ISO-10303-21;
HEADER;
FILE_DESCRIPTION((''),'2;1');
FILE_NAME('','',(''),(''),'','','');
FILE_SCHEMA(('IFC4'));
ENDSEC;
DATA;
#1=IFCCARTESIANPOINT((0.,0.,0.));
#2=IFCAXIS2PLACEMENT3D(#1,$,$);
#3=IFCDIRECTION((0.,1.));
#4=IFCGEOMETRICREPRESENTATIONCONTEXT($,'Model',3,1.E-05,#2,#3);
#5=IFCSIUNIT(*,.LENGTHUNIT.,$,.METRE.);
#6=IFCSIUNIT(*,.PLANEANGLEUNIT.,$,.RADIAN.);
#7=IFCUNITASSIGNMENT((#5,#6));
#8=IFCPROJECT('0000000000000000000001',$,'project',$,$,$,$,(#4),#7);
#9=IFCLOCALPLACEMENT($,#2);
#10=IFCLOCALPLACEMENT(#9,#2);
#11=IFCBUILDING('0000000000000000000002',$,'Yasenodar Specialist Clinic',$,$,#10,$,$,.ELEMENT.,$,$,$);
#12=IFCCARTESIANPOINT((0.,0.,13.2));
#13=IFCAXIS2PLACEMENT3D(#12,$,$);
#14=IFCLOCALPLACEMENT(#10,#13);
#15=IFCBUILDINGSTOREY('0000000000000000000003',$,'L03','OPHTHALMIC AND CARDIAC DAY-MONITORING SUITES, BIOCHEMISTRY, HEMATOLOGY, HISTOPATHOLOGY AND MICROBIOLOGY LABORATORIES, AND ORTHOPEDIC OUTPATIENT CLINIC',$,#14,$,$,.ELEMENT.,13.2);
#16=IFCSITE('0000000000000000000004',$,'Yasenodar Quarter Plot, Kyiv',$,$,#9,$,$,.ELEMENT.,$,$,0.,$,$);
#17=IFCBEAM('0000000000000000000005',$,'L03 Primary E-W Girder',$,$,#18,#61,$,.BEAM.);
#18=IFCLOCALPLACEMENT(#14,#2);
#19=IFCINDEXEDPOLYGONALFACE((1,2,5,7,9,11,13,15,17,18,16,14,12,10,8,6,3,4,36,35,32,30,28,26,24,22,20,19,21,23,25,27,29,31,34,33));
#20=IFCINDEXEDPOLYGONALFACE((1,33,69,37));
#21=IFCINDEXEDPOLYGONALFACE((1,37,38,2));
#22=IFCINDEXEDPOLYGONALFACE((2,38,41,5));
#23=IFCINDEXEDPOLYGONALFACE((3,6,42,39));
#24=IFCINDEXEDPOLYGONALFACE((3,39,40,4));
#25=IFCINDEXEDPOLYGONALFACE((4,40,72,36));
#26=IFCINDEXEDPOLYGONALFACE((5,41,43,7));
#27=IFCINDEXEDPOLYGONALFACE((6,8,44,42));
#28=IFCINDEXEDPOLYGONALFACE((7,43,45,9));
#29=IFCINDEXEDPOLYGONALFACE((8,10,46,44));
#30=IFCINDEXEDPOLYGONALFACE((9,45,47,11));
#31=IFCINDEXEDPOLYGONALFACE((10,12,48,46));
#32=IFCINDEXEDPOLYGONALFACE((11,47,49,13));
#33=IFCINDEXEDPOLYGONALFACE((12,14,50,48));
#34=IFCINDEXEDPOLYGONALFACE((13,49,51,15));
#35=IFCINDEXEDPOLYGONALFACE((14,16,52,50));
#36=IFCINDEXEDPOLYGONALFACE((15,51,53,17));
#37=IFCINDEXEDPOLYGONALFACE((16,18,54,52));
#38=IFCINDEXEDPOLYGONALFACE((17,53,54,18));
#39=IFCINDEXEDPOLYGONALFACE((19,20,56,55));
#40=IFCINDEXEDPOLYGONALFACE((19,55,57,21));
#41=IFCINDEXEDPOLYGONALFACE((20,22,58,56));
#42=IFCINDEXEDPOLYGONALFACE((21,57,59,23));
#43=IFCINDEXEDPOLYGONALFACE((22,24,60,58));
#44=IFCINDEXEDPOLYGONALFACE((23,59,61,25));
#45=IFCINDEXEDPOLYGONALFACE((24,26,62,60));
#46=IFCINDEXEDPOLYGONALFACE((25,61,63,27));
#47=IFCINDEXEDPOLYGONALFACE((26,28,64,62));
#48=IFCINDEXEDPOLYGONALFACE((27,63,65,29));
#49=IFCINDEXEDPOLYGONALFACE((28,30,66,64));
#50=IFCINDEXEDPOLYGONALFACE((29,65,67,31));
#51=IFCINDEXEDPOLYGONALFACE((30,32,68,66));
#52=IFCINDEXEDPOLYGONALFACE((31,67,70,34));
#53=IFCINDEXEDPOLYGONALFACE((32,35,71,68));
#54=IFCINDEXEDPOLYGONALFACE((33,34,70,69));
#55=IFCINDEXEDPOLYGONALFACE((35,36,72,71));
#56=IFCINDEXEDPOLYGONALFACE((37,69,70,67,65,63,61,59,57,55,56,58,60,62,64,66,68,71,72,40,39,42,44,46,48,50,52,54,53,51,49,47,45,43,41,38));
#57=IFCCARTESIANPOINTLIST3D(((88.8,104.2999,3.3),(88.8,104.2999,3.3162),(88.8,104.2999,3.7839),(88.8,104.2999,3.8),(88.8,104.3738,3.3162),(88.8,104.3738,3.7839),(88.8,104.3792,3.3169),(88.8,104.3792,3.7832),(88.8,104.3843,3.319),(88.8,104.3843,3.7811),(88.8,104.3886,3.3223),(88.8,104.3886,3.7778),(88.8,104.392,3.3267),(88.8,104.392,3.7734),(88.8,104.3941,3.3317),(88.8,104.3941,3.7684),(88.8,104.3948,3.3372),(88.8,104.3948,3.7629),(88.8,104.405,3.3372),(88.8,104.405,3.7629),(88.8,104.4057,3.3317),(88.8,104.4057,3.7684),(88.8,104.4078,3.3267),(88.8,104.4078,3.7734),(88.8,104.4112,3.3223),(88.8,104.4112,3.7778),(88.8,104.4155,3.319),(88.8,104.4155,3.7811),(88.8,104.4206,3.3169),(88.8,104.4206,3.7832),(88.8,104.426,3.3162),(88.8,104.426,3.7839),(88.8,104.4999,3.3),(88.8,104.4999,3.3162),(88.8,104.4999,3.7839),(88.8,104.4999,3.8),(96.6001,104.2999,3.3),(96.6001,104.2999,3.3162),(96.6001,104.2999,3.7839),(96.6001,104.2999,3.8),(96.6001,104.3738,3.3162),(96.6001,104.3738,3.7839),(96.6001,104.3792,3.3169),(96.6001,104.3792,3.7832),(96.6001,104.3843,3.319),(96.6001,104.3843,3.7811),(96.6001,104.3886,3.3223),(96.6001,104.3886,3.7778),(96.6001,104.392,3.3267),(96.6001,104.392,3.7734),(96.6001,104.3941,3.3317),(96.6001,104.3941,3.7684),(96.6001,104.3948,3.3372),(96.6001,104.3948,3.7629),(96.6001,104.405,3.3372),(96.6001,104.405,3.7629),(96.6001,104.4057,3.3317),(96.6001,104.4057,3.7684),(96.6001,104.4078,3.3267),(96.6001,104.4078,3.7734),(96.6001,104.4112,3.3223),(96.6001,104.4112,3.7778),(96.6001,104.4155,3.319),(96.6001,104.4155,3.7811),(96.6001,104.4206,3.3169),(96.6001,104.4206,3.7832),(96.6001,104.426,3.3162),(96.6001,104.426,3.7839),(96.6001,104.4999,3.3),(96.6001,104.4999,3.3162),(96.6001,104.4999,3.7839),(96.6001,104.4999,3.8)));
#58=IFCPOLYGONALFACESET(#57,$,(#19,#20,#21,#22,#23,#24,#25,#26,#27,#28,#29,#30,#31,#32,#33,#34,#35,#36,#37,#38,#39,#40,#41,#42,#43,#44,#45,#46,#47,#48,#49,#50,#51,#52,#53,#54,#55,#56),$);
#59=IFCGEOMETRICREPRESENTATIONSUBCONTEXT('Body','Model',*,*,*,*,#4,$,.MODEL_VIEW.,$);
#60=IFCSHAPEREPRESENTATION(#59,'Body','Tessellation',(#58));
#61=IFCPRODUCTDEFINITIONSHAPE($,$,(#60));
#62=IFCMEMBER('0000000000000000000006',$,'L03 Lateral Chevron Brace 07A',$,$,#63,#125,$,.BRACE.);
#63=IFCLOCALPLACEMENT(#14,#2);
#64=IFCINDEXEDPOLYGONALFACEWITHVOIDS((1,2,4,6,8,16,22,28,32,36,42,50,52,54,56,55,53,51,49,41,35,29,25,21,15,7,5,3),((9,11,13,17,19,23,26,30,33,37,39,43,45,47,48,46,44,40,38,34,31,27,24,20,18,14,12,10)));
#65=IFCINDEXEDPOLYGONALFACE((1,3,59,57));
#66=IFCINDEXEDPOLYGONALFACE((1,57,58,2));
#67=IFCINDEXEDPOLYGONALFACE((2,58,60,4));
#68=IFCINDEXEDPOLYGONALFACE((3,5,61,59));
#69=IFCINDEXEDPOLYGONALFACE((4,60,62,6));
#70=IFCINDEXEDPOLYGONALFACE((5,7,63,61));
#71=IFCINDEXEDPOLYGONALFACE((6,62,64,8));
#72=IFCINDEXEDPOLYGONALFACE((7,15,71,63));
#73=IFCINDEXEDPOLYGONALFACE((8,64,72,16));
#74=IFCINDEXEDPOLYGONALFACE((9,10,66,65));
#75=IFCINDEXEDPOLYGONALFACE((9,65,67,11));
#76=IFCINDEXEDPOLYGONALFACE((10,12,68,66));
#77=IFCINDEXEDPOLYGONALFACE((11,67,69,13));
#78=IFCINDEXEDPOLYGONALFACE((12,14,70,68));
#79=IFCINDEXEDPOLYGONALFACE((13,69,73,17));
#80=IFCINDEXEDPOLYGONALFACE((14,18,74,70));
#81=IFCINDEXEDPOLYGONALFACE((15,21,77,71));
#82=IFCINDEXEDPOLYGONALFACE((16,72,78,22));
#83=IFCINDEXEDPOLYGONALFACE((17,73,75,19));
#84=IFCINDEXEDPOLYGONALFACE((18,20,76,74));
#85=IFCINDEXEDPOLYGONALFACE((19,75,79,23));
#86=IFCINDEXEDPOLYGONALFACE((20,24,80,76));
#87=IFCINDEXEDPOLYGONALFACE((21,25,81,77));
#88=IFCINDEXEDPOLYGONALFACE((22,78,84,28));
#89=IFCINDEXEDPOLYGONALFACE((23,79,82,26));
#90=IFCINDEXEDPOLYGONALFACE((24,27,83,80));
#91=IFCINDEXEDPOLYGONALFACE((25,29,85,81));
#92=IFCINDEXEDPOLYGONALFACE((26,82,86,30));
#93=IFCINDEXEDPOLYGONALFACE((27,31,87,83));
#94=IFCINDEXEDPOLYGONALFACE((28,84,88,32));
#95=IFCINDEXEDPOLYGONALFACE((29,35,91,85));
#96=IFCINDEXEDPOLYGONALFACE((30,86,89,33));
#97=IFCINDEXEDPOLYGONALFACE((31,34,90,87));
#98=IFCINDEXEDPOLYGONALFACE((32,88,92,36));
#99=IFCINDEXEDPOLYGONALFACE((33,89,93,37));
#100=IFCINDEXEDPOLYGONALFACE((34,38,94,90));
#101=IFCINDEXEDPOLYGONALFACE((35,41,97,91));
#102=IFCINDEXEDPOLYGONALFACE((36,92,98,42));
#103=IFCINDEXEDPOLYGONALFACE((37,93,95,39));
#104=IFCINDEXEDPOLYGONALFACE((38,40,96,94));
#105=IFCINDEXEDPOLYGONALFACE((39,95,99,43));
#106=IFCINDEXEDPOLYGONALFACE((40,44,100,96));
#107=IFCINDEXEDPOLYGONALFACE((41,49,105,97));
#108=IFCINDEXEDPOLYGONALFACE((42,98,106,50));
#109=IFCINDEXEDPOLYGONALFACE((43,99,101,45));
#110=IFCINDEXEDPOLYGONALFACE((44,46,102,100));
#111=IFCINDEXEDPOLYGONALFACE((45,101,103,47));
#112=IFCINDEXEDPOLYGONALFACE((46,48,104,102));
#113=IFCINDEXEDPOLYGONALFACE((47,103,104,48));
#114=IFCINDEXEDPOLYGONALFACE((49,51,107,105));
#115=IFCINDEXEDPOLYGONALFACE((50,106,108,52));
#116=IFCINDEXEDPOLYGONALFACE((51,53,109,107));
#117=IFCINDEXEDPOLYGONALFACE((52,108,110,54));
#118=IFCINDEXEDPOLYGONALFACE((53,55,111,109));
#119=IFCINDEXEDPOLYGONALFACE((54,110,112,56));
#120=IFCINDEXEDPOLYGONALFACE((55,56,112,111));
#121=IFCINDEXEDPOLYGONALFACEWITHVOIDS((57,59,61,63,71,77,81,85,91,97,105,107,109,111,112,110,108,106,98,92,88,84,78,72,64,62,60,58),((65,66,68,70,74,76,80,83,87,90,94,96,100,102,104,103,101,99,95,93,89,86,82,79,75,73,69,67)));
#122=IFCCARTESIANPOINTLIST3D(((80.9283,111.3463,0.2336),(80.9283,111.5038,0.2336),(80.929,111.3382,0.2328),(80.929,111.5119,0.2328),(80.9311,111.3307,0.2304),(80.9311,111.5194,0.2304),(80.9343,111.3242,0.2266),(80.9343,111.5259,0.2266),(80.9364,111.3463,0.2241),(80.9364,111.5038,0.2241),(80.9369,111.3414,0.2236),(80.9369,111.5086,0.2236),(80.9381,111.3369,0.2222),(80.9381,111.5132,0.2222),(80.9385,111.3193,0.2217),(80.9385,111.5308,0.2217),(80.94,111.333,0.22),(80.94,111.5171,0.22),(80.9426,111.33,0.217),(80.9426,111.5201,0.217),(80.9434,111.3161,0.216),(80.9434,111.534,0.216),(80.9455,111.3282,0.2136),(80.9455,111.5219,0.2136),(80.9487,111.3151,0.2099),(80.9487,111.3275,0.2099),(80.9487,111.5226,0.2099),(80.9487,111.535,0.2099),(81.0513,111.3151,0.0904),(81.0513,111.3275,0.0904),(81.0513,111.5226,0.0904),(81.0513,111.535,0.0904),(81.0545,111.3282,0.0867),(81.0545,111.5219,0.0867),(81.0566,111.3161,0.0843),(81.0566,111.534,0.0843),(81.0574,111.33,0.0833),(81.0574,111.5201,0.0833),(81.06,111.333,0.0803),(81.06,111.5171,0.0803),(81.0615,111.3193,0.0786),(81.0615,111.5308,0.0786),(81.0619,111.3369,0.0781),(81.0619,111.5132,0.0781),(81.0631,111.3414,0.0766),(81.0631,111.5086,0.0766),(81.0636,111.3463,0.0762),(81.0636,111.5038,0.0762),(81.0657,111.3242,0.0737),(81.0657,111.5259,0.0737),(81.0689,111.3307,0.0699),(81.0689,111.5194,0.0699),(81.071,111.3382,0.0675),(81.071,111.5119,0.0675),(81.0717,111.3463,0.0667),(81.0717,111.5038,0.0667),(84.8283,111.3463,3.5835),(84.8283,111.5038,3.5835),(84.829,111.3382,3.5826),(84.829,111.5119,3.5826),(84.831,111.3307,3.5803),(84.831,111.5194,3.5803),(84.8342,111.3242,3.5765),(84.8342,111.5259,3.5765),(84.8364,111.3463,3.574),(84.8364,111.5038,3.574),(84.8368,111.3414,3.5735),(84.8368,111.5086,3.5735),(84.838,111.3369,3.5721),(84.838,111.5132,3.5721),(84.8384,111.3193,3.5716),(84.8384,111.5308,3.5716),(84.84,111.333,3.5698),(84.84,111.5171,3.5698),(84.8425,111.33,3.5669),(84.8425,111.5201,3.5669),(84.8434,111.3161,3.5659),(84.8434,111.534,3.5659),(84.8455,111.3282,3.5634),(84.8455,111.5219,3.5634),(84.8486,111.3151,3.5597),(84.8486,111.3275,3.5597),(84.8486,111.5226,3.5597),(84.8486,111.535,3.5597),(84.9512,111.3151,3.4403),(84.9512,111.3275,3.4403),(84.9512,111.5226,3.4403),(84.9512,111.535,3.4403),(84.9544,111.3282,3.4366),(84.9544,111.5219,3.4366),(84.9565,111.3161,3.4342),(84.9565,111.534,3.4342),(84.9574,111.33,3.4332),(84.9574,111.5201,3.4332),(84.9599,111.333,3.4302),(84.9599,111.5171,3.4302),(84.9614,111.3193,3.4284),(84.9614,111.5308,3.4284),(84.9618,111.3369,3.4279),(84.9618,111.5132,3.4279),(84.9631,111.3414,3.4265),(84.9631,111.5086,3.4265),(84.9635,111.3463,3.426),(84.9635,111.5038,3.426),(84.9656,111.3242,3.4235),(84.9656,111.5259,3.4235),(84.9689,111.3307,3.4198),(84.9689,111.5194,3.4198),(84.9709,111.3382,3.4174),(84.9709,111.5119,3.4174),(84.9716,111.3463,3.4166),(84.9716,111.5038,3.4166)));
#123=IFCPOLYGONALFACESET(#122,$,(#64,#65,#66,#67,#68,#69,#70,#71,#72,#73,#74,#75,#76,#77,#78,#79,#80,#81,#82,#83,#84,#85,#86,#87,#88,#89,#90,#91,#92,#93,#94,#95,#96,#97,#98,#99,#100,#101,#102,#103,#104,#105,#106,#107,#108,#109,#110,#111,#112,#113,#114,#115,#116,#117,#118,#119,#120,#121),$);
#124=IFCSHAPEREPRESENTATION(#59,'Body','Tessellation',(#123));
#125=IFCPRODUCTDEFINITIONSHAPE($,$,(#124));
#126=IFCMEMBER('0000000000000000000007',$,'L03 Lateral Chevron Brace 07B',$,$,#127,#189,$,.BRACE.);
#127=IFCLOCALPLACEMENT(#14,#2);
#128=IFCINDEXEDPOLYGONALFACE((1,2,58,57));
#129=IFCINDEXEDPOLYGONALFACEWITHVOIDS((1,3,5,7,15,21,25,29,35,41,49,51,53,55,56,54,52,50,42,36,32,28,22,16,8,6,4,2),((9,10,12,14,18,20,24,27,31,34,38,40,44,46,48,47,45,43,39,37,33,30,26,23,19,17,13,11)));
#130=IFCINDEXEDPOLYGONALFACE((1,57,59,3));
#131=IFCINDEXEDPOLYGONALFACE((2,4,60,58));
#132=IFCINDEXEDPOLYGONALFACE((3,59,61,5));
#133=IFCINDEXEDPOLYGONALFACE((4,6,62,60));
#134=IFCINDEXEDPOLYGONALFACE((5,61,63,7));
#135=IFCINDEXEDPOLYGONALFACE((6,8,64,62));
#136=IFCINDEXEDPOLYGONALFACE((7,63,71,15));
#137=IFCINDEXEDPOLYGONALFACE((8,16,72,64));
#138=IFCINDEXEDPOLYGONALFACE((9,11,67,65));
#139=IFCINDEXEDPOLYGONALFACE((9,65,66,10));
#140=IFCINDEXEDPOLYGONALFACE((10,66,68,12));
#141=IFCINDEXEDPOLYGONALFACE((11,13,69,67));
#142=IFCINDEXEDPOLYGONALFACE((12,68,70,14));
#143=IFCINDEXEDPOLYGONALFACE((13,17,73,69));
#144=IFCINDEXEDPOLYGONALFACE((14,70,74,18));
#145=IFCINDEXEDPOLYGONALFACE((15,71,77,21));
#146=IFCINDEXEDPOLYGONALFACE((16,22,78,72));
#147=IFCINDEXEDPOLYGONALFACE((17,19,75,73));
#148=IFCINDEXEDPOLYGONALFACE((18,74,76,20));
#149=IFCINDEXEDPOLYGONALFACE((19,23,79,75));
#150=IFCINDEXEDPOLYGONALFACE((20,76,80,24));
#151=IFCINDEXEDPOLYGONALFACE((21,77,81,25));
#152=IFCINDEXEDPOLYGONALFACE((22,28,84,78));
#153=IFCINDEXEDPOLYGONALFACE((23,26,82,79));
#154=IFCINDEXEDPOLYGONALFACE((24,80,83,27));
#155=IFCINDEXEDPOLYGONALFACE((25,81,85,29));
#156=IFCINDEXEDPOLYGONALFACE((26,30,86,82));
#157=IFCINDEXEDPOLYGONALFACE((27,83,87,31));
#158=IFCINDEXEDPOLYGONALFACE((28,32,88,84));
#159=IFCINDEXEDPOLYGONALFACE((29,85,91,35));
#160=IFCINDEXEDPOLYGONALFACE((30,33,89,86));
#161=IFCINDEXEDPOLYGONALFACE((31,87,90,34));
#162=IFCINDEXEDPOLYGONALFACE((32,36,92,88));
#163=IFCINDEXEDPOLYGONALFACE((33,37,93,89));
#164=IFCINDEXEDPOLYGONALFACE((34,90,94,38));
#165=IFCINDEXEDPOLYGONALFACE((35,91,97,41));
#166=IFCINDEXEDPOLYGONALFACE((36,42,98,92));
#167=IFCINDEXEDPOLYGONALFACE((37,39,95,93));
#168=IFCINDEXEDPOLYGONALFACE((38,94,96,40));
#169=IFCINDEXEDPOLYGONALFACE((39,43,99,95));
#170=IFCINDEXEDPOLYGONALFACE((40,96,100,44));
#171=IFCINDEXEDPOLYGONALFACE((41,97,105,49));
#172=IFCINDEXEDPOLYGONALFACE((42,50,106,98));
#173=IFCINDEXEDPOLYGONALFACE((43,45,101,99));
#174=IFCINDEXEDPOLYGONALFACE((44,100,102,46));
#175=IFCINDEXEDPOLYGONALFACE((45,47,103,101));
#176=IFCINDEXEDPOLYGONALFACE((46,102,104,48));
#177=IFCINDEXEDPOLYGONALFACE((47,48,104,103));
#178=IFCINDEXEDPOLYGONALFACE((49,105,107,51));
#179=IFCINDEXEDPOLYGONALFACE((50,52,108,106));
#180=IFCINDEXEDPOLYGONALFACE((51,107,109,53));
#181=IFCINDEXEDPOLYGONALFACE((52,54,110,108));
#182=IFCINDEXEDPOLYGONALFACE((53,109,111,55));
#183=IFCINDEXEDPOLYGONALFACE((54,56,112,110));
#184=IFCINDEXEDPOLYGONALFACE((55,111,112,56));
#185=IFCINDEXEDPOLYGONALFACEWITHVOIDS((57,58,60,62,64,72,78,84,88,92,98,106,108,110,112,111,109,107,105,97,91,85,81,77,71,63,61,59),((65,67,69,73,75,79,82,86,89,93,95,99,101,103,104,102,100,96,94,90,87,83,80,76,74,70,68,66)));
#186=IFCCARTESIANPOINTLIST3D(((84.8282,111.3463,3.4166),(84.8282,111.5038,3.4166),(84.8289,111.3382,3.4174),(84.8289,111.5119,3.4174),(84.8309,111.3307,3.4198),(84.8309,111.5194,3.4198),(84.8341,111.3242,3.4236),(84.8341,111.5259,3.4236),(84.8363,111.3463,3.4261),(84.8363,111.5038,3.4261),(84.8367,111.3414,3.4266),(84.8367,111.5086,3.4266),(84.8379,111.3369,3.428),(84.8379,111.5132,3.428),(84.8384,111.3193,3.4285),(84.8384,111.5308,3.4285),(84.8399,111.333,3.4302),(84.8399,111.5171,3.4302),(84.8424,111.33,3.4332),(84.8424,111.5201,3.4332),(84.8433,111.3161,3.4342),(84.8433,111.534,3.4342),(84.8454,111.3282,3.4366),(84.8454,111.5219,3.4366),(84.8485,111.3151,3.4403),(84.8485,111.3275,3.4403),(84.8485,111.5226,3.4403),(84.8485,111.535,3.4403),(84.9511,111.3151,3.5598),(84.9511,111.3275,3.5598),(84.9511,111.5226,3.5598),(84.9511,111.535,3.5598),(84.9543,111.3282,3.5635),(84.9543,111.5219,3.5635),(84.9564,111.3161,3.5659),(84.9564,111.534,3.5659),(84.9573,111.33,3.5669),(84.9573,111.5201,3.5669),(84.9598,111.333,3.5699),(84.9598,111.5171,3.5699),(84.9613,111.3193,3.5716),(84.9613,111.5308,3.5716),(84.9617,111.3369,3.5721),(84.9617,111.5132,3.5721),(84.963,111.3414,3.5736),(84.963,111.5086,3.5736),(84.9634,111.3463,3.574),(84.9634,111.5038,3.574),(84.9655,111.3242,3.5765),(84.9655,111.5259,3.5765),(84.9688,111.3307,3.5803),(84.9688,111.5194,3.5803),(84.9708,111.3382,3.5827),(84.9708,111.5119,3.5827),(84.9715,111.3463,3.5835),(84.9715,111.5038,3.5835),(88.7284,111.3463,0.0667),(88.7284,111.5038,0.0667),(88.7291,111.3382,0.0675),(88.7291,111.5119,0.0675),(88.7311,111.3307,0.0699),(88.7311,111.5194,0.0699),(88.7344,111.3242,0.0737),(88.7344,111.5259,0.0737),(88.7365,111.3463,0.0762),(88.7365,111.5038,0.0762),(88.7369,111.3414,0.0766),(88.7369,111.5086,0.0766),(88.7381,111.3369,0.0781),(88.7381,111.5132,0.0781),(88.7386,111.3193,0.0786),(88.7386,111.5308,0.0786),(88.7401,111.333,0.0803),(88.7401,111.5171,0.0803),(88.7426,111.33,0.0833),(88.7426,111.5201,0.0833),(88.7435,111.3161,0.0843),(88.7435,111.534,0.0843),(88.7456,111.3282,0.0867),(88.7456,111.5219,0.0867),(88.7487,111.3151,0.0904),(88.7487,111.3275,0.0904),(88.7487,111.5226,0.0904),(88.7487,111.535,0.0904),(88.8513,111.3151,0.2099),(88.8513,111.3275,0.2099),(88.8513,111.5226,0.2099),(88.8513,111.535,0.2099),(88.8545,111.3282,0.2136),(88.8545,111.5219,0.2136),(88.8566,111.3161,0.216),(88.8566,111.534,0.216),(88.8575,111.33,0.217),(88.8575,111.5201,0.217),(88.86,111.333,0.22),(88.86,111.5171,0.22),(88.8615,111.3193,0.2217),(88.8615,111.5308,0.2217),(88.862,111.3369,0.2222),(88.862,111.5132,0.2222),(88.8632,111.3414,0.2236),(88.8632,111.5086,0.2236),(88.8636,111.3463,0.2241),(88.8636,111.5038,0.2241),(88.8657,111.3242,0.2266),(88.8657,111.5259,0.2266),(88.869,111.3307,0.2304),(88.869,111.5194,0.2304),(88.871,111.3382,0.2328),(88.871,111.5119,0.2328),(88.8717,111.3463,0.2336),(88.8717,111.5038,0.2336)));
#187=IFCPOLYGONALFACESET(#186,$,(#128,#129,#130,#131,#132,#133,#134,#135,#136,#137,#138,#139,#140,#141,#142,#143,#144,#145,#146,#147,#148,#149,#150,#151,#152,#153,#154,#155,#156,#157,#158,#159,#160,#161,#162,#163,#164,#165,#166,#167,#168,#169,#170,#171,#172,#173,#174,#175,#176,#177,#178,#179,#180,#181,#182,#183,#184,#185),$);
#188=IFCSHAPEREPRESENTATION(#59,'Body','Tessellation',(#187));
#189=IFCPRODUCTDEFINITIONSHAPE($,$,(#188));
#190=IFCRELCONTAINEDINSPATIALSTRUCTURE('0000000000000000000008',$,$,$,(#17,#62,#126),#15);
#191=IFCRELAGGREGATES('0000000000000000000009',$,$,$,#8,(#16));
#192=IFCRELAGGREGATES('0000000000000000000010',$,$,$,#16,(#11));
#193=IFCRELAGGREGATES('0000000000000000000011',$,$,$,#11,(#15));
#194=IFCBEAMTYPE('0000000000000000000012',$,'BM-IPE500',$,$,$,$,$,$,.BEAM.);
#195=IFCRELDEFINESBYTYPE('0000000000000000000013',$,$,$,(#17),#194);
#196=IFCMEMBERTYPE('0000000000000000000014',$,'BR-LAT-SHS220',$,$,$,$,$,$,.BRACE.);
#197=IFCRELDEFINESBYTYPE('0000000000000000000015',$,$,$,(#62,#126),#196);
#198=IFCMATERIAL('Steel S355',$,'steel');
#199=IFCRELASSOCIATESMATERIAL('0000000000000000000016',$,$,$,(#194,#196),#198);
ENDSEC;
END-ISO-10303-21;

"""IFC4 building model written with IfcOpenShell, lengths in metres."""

from ifc_helpers import new_model, si_unit, direction, frame, origin, origin_2d, place, context, subcontext, project, spatial, hollow_rectangle, i_section, extrude, material, material_profile, profile_set, type_object, element, save


model = new_model("IFC4")

# Units and contexts
model_context = context("Model", 3, precision=1e-05, world=origin(), true_north=direction((0.0, 1.0)))
body_context = subcontext(model_context, "Body", "Model", "MODEL_VIEW")
ifc_project = project(units=[si_unit("LENGTHUNIT", "METRE"), si_unit("PLANEANGLEUNIT", "RADIAN")], contexts=[model_context])

# Site, building, storey
site_placement = place(None, origin())
site = spatial("IfcSite", under=ifc_project, at=site_placement, Name="Yasenodar Quarter Plot, Kyiv", CompositionType="ELEMENT", RefElevation=0.0)
building_placement = place(site_placement, origin())
building = spatial("IfcBuilding", under=site, at=building_placement, Name="Yasenodar Specialist Clinic", CompositionType="ELEMENT")
storey_placement = place(building_placement, frame((0.0, 0.0, 13.2)))
storey = spatial("IfcBuildingStorey", under=building, at=storey_placement, Name="L03", Description="OPHTHALMIC AND CARDIAC DAY-MONITORING SUITES, BIOCHEMISTRY, HEMATOLOGY, HISTOPATHOLOGY AND MICROBIOLOGY LABORATORIES, AND ORTHOPEDIC OUTPATIENT CLINIC", CompositionType="ELEMENT", Elevation=13.2)

# Shared definitions
ifc_material_1 = material(Name="Steel S355", Category="steel")

# Beam
ifc_material_profile_1 = material_profile(ifc_material_1, i_section(OverallWidth=0.2, OverallDepth=0.5, WebThickness=0.0103, FlangeThickness=0.0161, FilletRadius=0.021, at=origin_2d()), Name="IPE 500")
ifc_profile_set_1 = profile_set([ifc_material_profile_1], Name="Steel S355")
beam_type_1 = type_object("IfcBeamType", Name="BM-IPE500", PredefinedType="BEAM", material=ifc_profile_set_1)
beam_1_placement = place(storey_placement, frame((88.8, 104.3999, 3.55), z_axis=(1.0, 0.0, 0.0), x_axis=(0.0, 1.0, 0.0)))
element("IfcBeam", 1, at=beam_1_placement, inside=storey, type_object=beam_type_1, Name="L03 Primary E-W Girder", PredefinedType="BEAM", context=body_context, shape_type="SweptSolid", body=[
    extrude(i_section(OverallWidth=0.2, OverallDepth=0.5, WebThickness=0.0103, FlangeThickness=0.0161, FilletRadius=0.021, at=origin_2d()), origin(), (0.0, 0.0, 1.0), 7.8),
])

# Members
ifc_material_profile_2 = material_profile(ifc_material_1, hollow_rectangle(XDim=0.22, YDim=0.22, WallThickness=0.0125, InnerFilletRadius=0.0188, OuterFilletRadius=0.0312, at=origin_2d()), Name="SHS 220x220x12.5")
ifc_profile_set_2 = profile_set([ifc_material_profile_2], Name="Steel S355")
member_type = type_object("IfcMemberType", Name="BR-LAT-SHS220", PredefinedType="BRACE", material=ifc_profile_set_2)
member_1_placement = place(storey_placement, frame((81.0, 111.425, 0.1501), z_axis=(0.758576, 0.0, 0.651585), x_axis=(0.0, 1.0, 0.0)))
element("IfcMember", 2, at=member_1_placement, inside=storey, type_object=member_type, Name="L03 Lateral Chevron Brace 07A", PredefinedType="BRACE", context=body_context, shape_type="SweptSolid", body=[
    extrude(hollow_rectangle(XDim=0.22, YDim=0.22, WallThickness=0.0125, InnerFilletRadius=0.0188, OuterFilletRadius=0.0312, at=origin_2d()), origin(), (0.0, 0.0, 1.0), 5.1411),
])
member_2_placement = place(storey_placement, frame((88.8, 111.425, 0.1501), z_axis=(-0.758596, 0.0, 0.651561), x_axis=(0.0, -1.0, 0.0)))
element("IfcMember", 3, at=member_2_placement, inside=storey, type_object=member_type, Name="L03 Lateral Chevron Brace 07B", PredefinedType="BRACE", context=body_context, shape_type="SweptSolid", body=[
    extrude(hollow_rectangle(XDim=0.22, YDim=0.22, WallThickness=0.0125, InnerFilletRadius=0.0188, OuterFilletRadius=0.0312, at=origin_2d()), origin(), (0.0, 0.0, 1.0), 5.1414),
])

save(model, "model.ifc")
